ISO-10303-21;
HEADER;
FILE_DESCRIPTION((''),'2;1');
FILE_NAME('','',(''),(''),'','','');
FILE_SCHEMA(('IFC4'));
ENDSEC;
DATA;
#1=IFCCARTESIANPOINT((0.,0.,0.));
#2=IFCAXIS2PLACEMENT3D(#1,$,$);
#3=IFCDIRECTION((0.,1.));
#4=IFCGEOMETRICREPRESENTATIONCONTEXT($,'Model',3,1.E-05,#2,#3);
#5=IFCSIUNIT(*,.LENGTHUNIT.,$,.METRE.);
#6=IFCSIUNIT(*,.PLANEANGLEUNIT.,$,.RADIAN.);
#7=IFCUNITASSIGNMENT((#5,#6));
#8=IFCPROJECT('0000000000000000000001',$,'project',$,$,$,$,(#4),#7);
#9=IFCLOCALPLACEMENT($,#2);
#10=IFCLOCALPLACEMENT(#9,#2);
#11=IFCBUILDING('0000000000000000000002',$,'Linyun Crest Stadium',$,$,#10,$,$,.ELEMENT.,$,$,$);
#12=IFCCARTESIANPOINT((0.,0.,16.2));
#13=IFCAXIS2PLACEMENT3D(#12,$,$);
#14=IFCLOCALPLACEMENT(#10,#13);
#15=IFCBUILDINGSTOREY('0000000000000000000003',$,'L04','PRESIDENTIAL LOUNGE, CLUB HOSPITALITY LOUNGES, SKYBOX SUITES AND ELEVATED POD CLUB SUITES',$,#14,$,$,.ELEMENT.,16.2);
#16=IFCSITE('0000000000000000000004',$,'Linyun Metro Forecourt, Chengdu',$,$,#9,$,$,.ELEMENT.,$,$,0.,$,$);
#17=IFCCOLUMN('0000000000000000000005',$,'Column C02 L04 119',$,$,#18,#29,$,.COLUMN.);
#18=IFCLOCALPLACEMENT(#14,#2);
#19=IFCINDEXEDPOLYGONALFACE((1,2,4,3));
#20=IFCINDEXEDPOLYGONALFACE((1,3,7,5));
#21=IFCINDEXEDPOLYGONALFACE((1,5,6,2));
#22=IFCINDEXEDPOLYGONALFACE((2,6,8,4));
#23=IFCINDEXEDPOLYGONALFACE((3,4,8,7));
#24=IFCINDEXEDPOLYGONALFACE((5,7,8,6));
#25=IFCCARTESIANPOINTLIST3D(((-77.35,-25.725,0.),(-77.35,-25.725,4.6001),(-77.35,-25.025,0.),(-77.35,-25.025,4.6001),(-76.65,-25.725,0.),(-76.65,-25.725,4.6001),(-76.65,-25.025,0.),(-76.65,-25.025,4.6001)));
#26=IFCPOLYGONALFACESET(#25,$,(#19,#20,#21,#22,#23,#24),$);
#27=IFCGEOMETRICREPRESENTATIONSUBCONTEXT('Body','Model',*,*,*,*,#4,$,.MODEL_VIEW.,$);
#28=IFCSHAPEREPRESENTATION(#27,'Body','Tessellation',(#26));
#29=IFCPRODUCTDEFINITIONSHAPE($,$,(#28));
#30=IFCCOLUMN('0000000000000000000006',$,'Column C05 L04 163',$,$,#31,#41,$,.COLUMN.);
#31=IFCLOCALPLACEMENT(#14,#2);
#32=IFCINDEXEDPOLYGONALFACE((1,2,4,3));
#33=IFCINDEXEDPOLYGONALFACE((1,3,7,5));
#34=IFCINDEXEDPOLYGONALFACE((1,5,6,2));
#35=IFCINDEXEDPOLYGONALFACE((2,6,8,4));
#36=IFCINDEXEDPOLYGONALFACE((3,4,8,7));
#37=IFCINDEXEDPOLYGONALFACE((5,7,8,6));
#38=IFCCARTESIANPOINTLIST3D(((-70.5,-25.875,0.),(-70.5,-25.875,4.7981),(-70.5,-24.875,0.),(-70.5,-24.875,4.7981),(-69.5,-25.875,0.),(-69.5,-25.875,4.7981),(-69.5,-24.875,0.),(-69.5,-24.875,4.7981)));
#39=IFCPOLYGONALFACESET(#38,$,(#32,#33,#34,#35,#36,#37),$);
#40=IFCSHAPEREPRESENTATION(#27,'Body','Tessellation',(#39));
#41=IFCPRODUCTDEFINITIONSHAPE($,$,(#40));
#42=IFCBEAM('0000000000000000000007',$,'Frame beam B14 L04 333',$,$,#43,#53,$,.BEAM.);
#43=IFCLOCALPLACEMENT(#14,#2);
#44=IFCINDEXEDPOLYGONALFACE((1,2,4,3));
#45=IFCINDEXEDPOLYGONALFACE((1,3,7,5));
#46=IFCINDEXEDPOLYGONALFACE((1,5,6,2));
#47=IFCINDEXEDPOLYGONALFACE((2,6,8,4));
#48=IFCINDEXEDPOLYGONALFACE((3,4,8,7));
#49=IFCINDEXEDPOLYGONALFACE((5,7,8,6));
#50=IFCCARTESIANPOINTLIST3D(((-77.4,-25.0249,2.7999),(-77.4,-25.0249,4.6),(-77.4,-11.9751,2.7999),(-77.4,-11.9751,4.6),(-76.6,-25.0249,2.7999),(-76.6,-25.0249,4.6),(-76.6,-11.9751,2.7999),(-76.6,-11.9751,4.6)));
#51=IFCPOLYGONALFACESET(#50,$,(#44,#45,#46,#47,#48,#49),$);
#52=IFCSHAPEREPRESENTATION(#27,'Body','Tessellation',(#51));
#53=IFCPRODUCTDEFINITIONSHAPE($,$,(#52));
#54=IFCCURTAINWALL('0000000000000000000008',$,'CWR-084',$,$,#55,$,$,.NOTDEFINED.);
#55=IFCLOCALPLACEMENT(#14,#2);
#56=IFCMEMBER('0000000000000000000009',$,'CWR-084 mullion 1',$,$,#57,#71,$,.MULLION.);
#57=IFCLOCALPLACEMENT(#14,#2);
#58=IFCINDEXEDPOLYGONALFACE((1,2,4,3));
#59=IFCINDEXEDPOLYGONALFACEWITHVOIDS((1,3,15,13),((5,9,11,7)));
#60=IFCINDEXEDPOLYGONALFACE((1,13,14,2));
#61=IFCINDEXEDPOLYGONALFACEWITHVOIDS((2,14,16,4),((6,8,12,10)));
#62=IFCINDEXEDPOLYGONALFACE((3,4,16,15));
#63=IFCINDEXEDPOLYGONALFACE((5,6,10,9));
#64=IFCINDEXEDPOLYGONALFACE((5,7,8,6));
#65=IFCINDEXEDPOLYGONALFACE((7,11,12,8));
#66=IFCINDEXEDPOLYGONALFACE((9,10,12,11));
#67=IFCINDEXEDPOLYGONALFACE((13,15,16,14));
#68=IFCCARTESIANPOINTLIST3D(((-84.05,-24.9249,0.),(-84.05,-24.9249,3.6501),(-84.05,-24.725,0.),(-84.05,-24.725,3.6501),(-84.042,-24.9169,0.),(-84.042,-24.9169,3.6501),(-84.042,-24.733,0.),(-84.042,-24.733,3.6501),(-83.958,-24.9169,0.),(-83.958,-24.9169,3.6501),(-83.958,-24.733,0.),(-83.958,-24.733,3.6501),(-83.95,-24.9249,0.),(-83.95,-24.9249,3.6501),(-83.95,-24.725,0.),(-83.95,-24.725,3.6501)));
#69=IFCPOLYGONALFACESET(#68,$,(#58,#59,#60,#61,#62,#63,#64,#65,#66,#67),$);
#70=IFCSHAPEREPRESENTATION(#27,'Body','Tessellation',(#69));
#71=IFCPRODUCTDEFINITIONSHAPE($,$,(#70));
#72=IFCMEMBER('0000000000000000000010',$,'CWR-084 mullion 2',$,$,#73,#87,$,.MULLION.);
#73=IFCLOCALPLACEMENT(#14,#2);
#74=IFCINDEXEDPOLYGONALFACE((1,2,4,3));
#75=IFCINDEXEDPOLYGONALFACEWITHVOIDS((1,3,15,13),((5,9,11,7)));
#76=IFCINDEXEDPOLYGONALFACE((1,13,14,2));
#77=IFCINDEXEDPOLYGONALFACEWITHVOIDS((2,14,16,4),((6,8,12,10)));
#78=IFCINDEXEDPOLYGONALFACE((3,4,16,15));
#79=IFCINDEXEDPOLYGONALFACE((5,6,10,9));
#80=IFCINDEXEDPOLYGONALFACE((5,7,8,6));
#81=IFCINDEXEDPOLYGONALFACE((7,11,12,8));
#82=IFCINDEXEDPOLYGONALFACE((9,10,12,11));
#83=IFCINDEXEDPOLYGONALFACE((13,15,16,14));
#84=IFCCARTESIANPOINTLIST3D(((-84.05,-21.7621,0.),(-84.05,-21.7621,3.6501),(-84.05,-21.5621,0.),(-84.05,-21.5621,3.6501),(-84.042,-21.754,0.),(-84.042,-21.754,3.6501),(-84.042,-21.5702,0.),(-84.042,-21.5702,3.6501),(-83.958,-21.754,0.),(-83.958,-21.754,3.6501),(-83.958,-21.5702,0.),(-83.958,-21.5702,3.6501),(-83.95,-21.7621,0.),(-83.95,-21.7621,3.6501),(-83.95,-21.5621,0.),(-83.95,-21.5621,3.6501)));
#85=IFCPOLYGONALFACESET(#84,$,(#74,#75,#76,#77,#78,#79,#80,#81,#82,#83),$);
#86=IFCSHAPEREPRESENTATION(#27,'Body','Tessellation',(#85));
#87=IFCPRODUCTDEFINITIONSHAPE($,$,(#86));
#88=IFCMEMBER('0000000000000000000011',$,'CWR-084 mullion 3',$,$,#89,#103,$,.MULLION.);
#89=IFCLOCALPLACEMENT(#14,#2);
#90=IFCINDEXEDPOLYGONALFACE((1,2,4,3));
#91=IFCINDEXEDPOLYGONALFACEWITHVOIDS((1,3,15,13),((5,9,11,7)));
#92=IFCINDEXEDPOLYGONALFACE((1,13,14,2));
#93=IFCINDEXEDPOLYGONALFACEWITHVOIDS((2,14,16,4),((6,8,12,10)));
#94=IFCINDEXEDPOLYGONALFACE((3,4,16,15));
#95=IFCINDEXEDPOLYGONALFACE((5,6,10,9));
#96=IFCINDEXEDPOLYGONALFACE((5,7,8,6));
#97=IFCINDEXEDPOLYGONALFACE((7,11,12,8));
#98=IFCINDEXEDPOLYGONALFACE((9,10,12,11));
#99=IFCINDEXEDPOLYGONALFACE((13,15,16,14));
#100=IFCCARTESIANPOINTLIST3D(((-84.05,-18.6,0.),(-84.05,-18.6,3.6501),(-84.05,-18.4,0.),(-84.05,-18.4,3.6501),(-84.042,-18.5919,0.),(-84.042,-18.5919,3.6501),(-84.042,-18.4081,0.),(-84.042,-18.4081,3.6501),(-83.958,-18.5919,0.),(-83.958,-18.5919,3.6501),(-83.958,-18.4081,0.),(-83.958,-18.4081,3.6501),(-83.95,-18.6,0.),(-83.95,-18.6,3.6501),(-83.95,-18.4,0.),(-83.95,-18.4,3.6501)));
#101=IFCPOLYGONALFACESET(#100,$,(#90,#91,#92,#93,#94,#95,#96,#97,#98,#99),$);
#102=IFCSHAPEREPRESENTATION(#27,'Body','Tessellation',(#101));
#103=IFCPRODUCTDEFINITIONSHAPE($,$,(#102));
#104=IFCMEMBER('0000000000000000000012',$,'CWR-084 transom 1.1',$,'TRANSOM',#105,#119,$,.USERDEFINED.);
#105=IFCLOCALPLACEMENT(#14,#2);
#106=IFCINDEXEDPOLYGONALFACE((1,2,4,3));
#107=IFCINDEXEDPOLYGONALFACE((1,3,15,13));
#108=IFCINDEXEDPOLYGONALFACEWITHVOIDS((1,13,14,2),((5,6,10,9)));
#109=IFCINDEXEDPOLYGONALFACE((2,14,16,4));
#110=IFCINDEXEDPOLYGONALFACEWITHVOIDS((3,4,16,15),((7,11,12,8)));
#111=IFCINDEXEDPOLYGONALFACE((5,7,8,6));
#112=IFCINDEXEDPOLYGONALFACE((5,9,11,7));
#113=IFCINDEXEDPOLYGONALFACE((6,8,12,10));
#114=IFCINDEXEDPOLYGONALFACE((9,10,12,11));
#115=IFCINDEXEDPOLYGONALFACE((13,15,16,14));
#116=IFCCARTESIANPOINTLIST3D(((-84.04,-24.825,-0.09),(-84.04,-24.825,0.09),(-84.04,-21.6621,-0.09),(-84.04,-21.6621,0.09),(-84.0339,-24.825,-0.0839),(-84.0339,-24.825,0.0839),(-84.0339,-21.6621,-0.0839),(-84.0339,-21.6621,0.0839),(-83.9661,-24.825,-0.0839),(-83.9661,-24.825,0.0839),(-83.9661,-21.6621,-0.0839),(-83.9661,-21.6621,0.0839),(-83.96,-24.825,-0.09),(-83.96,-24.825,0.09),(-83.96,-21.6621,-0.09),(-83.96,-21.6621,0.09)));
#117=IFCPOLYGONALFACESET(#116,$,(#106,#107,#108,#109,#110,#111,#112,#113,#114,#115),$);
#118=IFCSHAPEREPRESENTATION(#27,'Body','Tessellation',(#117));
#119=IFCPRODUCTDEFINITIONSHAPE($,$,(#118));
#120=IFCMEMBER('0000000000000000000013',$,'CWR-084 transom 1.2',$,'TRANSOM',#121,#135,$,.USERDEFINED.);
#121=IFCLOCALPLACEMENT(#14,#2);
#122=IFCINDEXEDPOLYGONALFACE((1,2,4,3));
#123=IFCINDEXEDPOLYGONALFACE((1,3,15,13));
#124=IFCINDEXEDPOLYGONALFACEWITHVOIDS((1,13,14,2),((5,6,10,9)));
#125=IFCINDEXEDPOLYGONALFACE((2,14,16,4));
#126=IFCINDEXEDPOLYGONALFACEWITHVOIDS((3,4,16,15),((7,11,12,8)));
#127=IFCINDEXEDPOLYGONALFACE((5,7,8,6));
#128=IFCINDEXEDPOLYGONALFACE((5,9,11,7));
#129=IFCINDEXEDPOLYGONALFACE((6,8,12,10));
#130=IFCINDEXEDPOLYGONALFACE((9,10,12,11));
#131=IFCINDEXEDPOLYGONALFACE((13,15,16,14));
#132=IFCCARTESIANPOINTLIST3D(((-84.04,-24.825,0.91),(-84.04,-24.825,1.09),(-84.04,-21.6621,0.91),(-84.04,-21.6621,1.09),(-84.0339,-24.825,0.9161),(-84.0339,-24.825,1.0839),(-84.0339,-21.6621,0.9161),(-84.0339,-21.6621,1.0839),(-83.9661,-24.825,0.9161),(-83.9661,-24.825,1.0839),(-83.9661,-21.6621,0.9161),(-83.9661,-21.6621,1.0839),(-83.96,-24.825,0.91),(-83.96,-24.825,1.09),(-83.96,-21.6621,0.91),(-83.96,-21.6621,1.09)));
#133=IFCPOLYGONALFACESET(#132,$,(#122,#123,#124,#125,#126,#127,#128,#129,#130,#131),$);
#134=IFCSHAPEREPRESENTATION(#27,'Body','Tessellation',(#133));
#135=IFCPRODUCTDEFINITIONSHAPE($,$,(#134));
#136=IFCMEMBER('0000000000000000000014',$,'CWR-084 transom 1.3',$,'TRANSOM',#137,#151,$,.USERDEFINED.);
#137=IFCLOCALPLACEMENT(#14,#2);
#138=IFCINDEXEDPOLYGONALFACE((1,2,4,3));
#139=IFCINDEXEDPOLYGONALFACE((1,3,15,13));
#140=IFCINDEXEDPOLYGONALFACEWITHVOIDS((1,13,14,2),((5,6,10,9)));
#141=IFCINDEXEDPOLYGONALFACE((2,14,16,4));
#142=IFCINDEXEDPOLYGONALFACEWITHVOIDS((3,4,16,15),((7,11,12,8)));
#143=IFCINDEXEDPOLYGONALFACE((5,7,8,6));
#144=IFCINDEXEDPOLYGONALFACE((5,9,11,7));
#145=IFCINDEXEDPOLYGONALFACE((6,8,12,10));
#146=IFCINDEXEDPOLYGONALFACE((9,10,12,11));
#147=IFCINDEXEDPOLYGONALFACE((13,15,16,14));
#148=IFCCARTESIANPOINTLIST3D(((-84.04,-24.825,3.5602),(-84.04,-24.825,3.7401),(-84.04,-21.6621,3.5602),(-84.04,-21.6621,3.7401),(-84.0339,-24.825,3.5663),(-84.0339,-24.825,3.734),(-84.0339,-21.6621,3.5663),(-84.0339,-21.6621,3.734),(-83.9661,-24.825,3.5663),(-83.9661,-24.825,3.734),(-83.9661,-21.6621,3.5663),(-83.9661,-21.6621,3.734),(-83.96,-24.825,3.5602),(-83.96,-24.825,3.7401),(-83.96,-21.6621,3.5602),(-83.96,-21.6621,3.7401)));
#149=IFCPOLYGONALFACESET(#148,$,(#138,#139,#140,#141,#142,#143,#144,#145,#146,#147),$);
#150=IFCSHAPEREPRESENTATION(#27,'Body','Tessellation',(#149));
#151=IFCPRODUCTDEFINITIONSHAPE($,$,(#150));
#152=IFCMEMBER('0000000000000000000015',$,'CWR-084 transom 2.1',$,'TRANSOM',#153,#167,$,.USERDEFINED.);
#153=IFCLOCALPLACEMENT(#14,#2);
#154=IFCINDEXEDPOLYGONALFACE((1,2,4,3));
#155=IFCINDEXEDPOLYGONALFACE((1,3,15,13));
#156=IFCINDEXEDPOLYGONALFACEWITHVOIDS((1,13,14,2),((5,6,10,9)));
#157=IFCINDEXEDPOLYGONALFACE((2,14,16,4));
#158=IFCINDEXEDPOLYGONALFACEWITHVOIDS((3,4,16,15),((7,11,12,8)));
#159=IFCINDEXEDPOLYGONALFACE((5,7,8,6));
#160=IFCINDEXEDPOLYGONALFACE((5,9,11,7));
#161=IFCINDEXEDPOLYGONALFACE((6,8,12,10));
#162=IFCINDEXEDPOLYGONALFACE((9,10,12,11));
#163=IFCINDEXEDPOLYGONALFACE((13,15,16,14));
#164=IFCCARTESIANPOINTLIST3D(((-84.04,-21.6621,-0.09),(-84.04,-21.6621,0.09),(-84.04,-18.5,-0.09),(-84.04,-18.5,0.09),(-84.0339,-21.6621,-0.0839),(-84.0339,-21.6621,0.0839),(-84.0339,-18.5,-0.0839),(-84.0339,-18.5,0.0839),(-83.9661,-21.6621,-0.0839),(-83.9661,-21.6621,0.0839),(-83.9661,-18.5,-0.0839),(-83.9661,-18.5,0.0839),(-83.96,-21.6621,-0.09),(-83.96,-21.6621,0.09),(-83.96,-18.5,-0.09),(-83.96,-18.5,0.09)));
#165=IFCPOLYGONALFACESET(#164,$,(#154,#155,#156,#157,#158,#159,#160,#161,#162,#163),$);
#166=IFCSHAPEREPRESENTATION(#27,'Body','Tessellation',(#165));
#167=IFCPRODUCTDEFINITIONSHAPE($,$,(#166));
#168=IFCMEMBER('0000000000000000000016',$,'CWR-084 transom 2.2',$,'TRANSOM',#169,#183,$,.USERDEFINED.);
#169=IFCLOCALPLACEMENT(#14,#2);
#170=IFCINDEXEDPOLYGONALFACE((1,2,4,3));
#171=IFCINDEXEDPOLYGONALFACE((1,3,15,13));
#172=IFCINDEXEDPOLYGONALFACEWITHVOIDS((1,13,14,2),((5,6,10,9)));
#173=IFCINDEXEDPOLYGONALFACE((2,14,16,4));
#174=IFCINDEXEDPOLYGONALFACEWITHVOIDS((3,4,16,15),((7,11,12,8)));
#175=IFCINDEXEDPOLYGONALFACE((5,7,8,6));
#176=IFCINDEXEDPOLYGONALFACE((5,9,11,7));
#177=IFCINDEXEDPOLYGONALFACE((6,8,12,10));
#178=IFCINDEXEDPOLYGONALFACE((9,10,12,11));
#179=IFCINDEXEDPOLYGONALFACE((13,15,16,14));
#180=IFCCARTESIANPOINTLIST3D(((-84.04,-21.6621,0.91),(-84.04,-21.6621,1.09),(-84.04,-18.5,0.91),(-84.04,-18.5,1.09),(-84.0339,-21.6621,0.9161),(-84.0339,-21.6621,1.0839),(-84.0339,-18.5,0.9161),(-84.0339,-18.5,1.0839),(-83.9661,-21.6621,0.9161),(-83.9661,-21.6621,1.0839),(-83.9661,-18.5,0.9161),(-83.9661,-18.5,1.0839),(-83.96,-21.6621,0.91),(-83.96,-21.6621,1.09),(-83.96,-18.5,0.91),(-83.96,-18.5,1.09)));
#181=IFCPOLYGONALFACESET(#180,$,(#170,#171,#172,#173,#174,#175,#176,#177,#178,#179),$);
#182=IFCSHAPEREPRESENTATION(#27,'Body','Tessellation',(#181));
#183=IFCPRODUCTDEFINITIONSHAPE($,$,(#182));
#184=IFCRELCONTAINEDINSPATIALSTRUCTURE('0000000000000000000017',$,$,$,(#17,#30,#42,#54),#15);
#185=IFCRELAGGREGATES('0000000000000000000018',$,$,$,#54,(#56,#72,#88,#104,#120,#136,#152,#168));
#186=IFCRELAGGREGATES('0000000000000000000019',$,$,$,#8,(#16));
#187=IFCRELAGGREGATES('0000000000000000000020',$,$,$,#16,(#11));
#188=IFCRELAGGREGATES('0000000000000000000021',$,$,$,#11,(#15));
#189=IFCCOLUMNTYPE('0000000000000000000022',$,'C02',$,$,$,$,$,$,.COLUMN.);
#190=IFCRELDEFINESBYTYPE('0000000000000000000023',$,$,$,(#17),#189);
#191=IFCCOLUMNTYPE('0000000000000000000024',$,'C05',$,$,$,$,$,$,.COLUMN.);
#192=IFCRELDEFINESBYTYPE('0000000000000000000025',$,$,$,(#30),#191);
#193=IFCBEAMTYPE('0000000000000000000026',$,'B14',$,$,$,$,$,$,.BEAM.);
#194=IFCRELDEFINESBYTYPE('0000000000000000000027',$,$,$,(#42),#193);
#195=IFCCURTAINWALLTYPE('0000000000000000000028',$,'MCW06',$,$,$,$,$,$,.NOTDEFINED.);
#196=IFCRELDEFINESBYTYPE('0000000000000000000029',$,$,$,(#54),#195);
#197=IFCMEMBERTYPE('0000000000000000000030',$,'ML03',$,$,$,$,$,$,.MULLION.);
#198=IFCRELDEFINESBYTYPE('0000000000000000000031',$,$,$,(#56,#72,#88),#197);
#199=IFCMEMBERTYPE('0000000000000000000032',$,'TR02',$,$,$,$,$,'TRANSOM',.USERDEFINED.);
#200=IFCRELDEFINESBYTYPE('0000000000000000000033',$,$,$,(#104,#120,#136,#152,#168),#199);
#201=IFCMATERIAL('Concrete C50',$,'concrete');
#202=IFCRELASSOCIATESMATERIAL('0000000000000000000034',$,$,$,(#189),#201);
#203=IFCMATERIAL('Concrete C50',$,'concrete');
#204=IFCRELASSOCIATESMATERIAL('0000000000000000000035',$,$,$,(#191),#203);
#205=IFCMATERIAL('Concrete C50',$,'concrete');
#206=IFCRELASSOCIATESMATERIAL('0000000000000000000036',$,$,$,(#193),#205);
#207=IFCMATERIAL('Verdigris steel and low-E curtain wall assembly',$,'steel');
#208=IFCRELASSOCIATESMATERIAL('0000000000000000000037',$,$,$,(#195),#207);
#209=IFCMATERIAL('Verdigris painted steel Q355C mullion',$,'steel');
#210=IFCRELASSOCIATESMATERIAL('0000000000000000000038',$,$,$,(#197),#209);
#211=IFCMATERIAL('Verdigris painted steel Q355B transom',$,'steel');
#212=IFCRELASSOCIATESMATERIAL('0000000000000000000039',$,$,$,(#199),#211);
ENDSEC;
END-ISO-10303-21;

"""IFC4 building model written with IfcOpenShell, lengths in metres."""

from ifc_helpers import new_model, si_unit, direction, frame, origin, origin_2d, place, context, subcontext, project, spatial, rectangle, hollow_rectangle, extrude, material, material_profile, profile_set, type_object, element, aggregate, save


model = new_model("IFC4")

# Units and contexts
model_context = context("Model", 3, precision=1e-05, world=origin(), true_north=direction((0.0, 1.0)))
body_context = subcontext(model_context, "Body", "Model", "MODEL_VIEW")
ifc_project = project(units=[si_unit("LENGTHUNIT", "METRE"), si_unit("PLANEANGLEUNIT", "RADIAN")], contexts=[model_context])

# Site, building, storey
site_placement = place(None, origin())
site = spatial("IfcSite", under=ifc_project, at=site_placement, Name="Linyun Metro Forecourt, Chengdu", CompositionType="ELEMENT", RefElevation=0.0)
building_placement = place(site_placement, origin())
building = spatial("IfcBuilding", under=site, at=building_placement, Name="Linyun Crest Stadium", CompositionType="ELEMENT")
storey_placement = place(building_placement, frame((0.0, 0.0, 16.2)))
storey = spatial("IfcBuildingStorey", under=building, at=storey_placement, Name="L04", Description="PRESIDENTIAL LOUNGE, CLUB HOSPITALITY LOUNGES, SKYBOX SUITES AND ELEVATED POD CLUB SUITES", CompositionType="ELEMENT", Elevation=16.2)

# Columns
ifc_material_1 = material(Name="Concrete C50", Category="concrete")
ifc_material_profile_1 = material_profile(ifc_material_1, rectangle(XDim=0.7, YDim=0.7, at=origin_2d()), Name="RC 700x700")
ifc_profile_set_1 = profile_set([ifc_material_profile_1], Name="Concrete C50")
column_type_1 = type_object("IfcColumnType", Name="C02", PredefinedType="COLUMN", material=ifc_profile_set_1)
column_1_placement = place(storey_placement, frame((-77.0, -25.375, 0.0), z_axis=(0.0, 0.0, 1.0), x_axis=(1.0, 0.0, 0.0)))
element("IfcColumn", 1, at=column_1_placement, inside=storey, type_object=column_type_1, Name="Column C02 L04 119", PredefinedType="COLUMN", context=body_context, shape_type="SweptSolid", body=[
    extrude(rectangle(XDim=0.7, YDim=0.7, at=origin_2d()), origin(), (0.0, 0.0, 1.0), 4.6001),
])
ifc_material_2 = material(Name="Concrete C50", Category="concrete")
ifc_material_profile_2 = material_profile(ifc_material_2, rectangle(XDim=1.0, YDim=1.0, at=origin_2d()), Name="RC 1000x1000")
ifc_profile_set_2 = profile_set([ifc_material_profile_2], Name="Concrete C50")
column_type_2 = type_object("IfcColumnType", Name="C05", PredefinedType="COLUMN", material=ifc_profile_set_2)
column_2_placement = place(storey_placement, frame((-70.0, -25.375, 0.0), z_axis=(0.0, 0.0, 1.0), x_axis=(1.0, 0.0, 0.0)))
element("IfcColumn", 2, at=column_2_placement, inside=storey, type_object=column_type_2, Name="Column C05 L04 163", PredefinedType="COLUMN", context=body_context, shape_type="SweptSolid", body=[
    extrude(rectangle(XDim=1.0, YDim=1.0, at=origin_2d()), origin(), (0.0, 0.0, 1.0), 4.7981),
])

# Beam
ifc_material_3 = material(Name="Concrete C50", Category="concrete")
ifc_material_profile_3 = material_profile(ifc_material_3, rectangle(XDim=0.8, YDim=1.8, at=origin_2d()), Name="RCB 1800x800")
ifc_profile_set_3 = profile_set([ifc_material_profile_3], Name="Concrete C50")
beam_type = type_object("IfcBeamType", Name="B14", PredefinedType="BEAM", material=ifc_profile_set_3)
beam_placement = place(storey_placement, frame((-77.0, -25.0249, 3.7), z_axis=(0.0, 1.0, 0.0), x_axis=(-1.0, 0.0, 0.0)))
element("IfcBeam", 3, at=beam_placement, inside=storey, type_object=beam_type, Name="Frame beam B14 L04 333", PredefinedType="BEAM", context=body_context, shape_type="SweptSolid", body=[
    extrude(rectangle(XDim=0.8, YDim=1.8, at=origin_2d()), origin(), (0.0, 0.0, 1.0), 13.0498),
])

# Curtain wall, members
ifc_material_4 = material(Name="Verdigris steel and low-E curtain wall assembly", Category="steel")
curtain_wall_type = type_object("IfcCurtainWallType", Name="MCW06", PredefinedType="NOTDEFINED", material=ifc_material_4)
curtain_wall_placement = place(storey_placement, origin())
curtain_wall = element("IfcCurtainWall", 4, at=curtain_wall_placement, inside=storey, type_object=curtain_wall_type, Name="CWR-084", PredefinedType="NOTDEFINED")
ifc_material_5 = material(Name="Verdigris painted steel Q355C mullion", Category="steel")
ifc_material_profile_4 = material_profile(ifc_material_5, hollow_rectangle(XDim=0.1001, YDim=0.2, WallThickness=0.0081, at=origin_2d()), Name="RHS 200x100x8")
ifc_profile_set_4 = profile_set([ifc_material_profile_4], Name="Verdigris painted steel Q355C mullion")
member_type_1 = type_object("IfcMemberType", Name="ML03", PredefinedType="MULLION", material=ifc_profile_set_4)
member_1_placement = place(storey_placement, frame((-84.0, -24.825, 0.0), z_axis=(0.0, 0.0, 1.0), x_axis=(-1.0, 0.0, 0.0)))
member_1 = element("IfcMember", 5, at=member_1_placement, type_object=member_type_1, Name="CWR-084 mullion 1", PredefinedType="MULLION", context=body_context, shape_type="SweptSolid", body=[
    extrude(hollow_rectangle(XDim=0.1001, YDim=0.2, WallThickness=0.0081, at=origin_2d()), origin(), (0.0, 0.0, 1.0), 3.6501),
])
member_2_placement = place(storey_placement, frame((-84.0, -21.6621, 0.0), z_axis=(0.0, 0.0, 1.0), x_axis=(-1.0, 0.0, 0.0)))
member_2 = element("IfcMember", 6, at=member_2_placement, type_object=member_type_1, Name="CWR-084 mullion 2", PredefinedType="MULLION", context=body_context, shape_type="SweptSolid", body=[
    extrude(hollow_rectangle(XDim=0.1001, YDim=0.2, WallThickness=0.0081, at=origin_2d()), origin(), (0.0, 0.0, 1.0), 3.6501),
])
member_3_placement = place(storey_placement, frame((-84.0, -18.5, 0.0), z_axis=(0.0, 0.0, 1.0), x_axis=(-1.0, 0.0, 0.0)))
member_3 = element("IfcMember", 7, at=member_3_placement, type_object=member_type_1, Name="CWR-084 mullion 3", PredefinedType="MULLION", context=body_context, shape_type="SweptSolid", body=[
    extrude(hollow_rectangle(XDim=0.1001, YDim=0.2, WallThickness=0.0081, at=origin_2d()), origin(), (0.0, 0.0, 1.0), 3.6501),
])
ifc_material_6 = material(Name="Verdigris painted steel Q355B transom", Category="steel")
ifc_material_profile_5 = material_profile(ifc_material_6, hollow_rectangle(XDim=0.0801, YDim=0.1799, WallThickness=0.0061, at=origin_2d()), Name="RHS 180x80x6")
ifc_profile_set_5 = profile_set([ifc_material_profile_5], Name="Verdigris painted steel Q355B transom")
member_type_2 = type_object("IfcMemberType", Name="TR02", ElementType="TRANSOM", PredefinedType="USERDEFINED", material=ifc_profile_set_5)
member_4_placement = place(storey_placement, frame((-84.0, -24.825, 0.0), z_axis=(0.0, 1.0, 0.0), x_axis=(-1.0, 0.0, 0.0)))
member_4 = element("IfcMember", 8, at=member_4_placement, type_object=member_type_2, Name="CWR-084 transom 1.1", ObjectType="TRANSOM", PredefinedType="USERDEFINED", context=body_context, shape_type="SweptSolid", body=[
    extrude(hollow_rectangle(XDim=0.0801, YDim=0.1799, WallThickness=0.0061, at=origin_2d()), origin(), (0.0, 0.0, 1.0), 3.1628),
])
member_5_placement = place(storey_placement, frame((-84.0, -24.825, 1.0), z_axis=(0.0, 1.0, 0.0), x_axis=(-1.0, 0.0, 0.0)))
member_5 = element("IfcMember", 9, at=member_5_placement, type_object=member_type_2, Name="CWR-084 transom 1.2", ObjectType="TRANSOM", PredefinedType="USERDEFINED", context=body_context, shape_type="SweptSolid", body=[
    extrude(hollow_rectangle(XDim=0.0801, YDim=0.1799, WallThickness=0.0061, at=origin_2d()), origin(), (0.0, 0.0, 1.0), 3.1628),
])
member_6_placement = place(storey_placement, frame((-84.0, -24.825, 3.6501), z_axis=(0.0, 1.0, 0.0), x_axis=(-1.0, 0.0, 0.0)))
member_6 = element("IfcMember", 10, at=member_6_placement, type_object=member_type_2, Name="CWR-084 transom 1.3", ObjectType="TRANSOM", PredefinedType="USERDEFINED", context=body_context, shape_type="SweptSolid", body=[
    extrude(hollow_rectangle(XDim=0.0801, YDim=0.1799, WallThickness=0.0061, at=origin_2d()), origin(), (0.0, 0.0, 1.0), 3.1628),
])
member_7_placement = place(storey_placement, frame((-84.0, -21.6621, 0.0), z_axis=(0.0, 1.0, 0.0), x_axis=(-1.0, 0.0, 0.0)))
member_7 = element("IfcMember", 11, at=member_7_placement, type_object=member_type_2, Name="CWR-084 transom 2.1", ObjectType="TRANSOM", PredefinedType="USERDEFINED", context=body_context, shape_type="SweptSolid", body=[
    extrude(hollow_rectangle(XDim=0.0801, YDim=0.1799, WallThickness=0.0061, at=origin_2d()), origin(), (0.0, 0.0, 1.0), 3.1621),
])
member_8_placement = place(storey_placement, frame((-84.0, -21.6621, 1.0), z_axis=(0.0, 1.0, 0.0), x_axis=(-1.0, 0.0, 0.0)))
member_8 = element("IfcMember", 12, at=member_8_placement, type_object=member_type_2, Name="CWR-084 transom 2.2", ObjectType="TRANSOM", PredefinedType="USERDEFINED", context=body_context, shape_type="SweptSolid", body=[
    extrude(hollow_rectangle(XDim=0.0801, YDim=0.1799, WallThickness=0.0061, at=origin_2d()), origin(), (0.0, 0.0, 1.0), 3.1621),
])
aggregate(curtain_wall, [member_1, member_2, member_3, member_4, member_5, member_6, member_7, member_8])

save(model, "model.ifc")
